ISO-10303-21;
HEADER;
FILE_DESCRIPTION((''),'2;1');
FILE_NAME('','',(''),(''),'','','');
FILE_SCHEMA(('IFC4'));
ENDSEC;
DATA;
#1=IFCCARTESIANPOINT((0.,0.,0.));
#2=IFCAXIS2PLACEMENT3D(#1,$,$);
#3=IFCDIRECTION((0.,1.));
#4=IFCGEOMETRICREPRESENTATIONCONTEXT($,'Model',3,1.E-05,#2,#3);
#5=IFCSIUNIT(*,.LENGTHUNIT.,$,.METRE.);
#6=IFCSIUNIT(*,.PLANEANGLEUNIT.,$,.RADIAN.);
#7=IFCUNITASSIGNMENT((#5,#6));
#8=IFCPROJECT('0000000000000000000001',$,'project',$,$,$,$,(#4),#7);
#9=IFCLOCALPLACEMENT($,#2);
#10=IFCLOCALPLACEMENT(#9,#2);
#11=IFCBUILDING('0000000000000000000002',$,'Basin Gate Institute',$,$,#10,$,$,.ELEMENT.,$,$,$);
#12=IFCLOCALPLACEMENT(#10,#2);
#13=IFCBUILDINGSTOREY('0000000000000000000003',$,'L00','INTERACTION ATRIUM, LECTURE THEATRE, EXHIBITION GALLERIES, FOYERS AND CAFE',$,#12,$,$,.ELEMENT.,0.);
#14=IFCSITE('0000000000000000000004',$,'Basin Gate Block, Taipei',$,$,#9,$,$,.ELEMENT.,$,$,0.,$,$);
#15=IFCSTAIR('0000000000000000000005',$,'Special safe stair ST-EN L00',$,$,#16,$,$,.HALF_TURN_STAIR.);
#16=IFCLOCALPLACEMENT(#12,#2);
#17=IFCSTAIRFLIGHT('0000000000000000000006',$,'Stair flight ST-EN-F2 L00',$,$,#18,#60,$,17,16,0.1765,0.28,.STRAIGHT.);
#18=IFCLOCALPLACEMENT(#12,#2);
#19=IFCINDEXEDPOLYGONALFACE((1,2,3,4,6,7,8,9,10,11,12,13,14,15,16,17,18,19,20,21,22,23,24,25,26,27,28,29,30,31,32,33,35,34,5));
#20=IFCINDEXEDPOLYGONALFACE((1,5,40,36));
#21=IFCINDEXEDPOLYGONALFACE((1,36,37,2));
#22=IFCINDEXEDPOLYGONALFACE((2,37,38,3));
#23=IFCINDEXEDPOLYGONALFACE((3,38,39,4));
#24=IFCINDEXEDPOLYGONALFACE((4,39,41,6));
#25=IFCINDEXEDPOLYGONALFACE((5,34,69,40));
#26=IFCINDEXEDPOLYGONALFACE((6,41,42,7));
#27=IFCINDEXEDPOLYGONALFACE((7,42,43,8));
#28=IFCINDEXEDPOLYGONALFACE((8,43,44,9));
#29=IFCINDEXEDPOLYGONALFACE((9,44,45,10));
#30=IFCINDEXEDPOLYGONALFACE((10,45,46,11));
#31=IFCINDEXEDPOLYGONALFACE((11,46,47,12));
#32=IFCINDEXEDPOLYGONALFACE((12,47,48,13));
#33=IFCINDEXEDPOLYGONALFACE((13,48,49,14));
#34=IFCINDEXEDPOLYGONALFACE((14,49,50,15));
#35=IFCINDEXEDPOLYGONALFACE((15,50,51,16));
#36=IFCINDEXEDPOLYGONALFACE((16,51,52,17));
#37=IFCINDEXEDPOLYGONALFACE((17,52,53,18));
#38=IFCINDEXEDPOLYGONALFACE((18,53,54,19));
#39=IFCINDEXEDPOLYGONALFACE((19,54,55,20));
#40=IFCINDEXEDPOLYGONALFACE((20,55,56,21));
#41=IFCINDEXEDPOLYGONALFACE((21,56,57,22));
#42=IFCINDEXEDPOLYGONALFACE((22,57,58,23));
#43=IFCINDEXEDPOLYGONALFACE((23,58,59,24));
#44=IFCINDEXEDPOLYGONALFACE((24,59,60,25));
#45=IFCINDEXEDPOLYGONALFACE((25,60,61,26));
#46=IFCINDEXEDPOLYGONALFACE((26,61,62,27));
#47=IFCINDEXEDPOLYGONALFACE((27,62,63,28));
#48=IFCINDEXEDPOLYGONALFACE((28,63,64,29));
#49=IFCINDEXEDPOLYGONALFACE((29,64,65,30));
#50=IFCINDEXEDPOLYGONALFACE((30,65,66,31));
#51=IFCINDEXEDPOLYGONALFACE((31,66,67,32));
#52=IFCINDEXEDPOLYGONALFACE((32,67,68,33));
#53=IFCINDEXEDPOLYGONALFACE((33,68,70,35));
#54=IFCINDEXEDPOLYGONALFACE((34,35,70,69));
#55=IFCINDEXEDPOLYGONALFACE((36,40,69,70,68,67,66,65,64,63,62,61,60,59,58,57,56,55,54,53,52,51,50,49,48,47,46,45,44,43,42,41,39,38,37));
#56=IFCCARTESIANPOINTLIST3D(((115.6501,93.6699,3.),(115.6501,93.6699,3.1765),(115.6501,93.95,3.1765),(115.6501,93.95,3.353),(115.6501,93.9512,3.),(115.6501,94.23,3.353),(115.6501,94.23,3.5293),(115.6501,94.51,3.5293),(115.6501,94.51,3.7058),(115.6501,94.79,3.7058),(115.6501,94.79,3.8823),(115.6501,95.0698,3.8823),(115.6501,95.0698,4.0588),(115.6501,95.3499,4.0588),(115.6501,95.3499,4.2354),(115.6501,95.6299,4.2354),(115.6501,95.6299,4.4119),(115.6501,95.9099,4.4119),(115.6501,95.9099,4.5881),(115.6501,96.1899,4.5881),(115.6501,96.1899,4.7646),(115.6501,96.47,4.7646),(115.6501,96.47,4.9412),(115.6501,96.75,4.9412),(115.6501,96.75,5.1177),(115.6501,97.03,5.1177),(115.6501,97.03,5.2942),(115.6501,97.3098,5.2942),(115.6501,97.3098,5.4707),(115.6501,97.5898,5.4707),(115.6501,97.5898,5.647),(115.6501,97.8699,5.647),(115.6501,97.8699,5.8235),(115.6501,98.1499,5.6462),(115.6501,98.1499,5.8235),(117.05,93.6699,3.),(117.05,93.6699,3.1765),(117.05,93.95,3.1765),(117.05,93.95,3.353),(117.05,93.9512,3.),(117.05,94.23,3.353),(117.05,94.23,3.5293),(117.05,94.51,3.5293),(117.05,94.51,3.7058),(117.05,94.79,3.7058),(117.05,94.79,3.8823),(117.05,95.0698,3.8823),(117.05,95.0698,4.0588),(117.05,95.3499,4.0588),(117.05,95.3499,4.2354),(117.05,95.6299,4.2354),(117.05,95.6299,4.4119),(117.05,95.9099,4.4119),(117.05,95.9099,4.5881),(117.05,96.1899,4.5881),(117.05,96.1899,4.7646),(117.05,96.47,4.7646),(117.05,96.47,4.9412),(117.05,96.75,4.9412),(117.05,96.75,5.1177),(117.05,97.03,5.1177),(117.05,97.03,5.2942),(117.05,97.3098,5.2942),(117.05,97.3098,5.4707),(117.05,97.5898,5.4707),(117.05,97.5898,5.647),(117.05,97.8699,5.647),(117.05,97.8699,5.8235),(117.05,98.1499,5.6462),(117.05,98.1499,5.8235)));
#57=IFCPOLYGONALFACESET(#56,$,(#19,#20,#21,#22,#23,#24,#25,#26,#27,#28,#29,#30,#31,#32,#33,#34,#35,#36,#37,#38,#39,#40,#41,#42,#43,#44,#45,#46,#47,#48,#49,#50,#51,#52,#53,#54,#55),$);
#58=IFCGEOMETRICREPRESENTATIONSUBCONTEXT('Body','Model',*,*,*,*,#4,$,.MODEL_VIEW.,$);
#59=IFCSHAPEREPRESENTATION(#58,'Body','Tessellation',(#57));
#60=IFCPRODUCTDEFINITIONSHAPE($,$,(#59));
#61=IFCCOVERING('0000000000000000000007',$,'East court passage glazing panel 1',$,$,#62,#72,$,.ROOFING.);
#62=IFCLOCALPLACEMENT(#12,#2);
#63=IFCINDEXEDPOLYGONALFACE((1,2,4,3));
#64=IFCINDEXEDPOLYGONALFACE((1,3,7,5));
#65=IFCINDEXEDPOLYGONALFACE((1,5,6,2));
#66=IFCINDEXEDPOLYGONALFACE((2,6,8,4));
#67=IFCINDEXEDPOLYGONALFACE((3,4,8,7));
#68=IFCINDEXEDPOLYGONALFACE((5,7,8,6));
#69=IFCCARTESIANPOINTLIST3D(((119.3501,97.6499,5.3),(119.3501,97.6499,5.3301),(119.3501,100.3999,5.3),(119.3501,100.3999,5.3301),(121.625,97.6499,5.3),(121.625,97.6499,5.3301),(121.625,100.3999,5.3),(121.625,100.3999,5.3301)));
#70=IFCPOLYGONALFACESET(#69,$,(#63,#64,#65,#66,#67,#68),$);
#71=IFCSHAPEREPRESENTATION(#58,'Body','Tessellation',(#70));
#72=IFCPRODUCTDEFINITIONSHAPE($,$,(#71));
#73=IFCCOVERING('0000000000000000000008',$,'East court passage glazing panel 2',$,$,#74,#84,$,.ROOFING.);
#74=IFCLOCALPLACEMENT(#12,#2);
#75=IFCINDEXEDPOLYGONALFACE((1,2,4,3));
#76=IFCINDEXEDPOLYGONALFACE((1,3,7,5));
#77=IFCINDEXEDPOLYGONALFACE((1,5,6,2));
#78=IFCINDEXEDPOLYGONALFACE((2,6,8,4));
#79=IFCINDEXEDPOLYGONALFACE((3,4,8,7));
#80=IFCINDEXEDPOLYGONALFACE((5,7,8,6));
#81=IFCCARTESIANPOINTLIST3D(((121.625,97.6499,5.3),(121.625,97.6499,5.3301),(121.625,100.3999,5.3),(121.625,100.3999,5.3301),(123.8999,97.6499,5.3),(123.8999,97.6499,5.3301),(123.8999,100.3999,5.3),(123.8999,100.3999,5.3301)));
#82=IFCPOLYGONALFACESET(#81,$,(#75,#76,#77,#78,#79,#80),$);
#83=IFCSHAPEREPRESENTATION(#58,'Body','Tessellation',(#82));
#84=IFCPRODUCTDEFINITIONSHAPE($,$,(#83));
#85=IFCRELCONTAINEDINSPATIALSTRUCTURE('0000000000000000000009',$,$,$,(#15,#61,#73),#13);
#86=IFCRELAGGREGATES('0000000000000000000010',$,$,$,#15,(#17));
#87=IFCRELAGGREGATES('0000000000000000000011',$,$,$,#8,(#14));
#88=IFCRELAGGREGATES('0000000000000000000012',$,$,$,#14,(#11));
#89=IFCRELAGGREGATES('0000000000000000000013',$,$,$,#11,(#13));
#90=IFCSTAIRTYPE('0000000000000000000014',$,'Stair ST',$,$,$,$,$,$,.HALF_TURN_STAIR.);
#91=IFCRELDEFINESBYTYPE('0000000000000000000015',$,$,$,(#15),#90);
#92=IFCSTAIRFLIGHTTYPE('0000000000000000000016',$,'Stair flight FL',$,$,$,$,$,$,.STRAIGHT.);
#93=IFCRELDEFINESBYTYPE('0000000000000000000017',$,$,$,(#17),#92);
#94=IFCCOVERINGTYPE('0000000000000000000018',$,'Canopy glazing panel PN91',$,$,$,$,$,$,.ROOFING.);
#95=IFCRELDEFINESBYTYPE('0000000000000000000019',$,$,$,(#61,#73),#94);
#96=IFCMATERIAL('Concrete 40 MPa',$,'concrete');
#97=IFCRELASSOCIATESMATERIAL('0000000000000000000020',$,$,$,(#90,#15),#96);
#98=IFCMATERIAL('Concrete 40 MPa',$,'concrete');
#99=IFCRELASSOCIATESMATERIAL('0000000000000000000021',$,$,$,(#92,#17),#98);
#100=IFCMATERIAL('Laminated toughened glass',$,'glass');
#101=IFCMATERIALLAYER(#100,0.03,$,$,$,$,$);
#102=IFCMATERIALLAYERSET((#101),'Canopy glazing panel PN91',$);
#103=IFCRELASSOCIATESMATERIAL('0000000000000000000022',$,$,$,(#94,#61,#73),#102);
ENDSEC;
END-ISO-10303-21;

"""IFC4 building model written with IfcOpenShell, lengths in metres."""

from ifc_helpers import new_model, si_unit, direction, frame, origin, place, context, subcontext, project, spatial, polyline, outline, extrude, material, layer, layer_set, type_object, element, aggregate, save


model = new_model("IFC4")

# Units and contexts
model_context = context("Model", 3, precision=1e-05, world=origin(), true_north=direction((0.0, 1.0)))
body_context = subcontext(model_context, "Body", "Model", "MODEL_VIEW")
ifc_project = project(units=[si_unit("LENGTHUNIT", "METRE"), si_unit("PLANEANGLEUNIT", "RADIAN")], contexts=[model_context])

# Site, building, storey
site_placement = place(None, origin())
site = spatial("IfcSite", under=ifc_project, at=site_placement, Name="Basin Gate Block, Taipei", CompositionType="ELEMENT", RefElevation=0.0)
building_placement = place(site_placement, origin())
building = spatial("IfcBuilding", under=site, at=building_placement, Name="Basin Gate Institute", CompositionType="ELEMENT")
storey_placement = place(building_placement, origin())
storey = spatial("IfcBuildingStorey", under=building, at=storey_placement, Name="L00", Description="INTERACTION ATRIUM, LECTURE THEATRE, EXHIBITION GALLERIES, FOYERS AND CAFE", CompositionType="ELEMENT", Elevation=0.0)

# Stair, stair flight
ifc_material_1 = material(Name="Concrete 40 MPa", Category="concrete")
stair_type = type_object("IfcStairType", Name="Stair ST", PredefinedType="HALF_TURN_STAIR", material=ifc_material_1)
stair_placement = place(storey_placement, origin())
stair = element("IfcStair", 1, at=stair_placement, inside=storey, type_object=stair_type, material=ifc_material_1, Name="Special safe stair ST-EN L00", PredefinedType="HALF_TURN_STAIR")
ifc_material_2 = material(Name="Concrete 40 MPa", Category="concrete")
stair_flight_type = type_object("IfcStairFlightType", Name="Stair flight FL", PredefinedType="STRAIGHT", material=ifc_material_2)
stair_flight_1_placement = place(storey_placement, frame((116.3501, 93.6699, 3.0), z_axis=(0.0, 0.0, 1.0), x_axis=(0.0, 1.0, 0.0)))
stair_flight_1 = element("IfcStairFlight", 2, at=stair_flight_1_placement, type_object=stair_flight_type, material=ifc_material_2, Name="Stair flight ST-EN-F2 L00", NumberOfRisers=17, NumberOfTreads=16, PredefinedType="STRAIGHT", RiserHeight=0.1765, TreadLength=0.28, context=body_context, shape_type="SweptSolid", body=[
    extrude(outline(polyline([(0.0, 0.0), (0.0, 0.1765), (0.28, 0.1765), (0.28, 0.353), (0.5601, 0.353), (0.5601, 0.5293), (0.8401, 0.5293), (0.8401, 0.7058), (1.1201, 0.7058), (1.1201, 0.8823), (1.3999, 0.8823), (1.3999, 1.0588), (1.6799, 1.0588), (1.6799, 1.2354), (1.96, 1.2354), (1.96, 1.4119), (2.24, 1.4119), (2.24, 1.5881), (2.52, 1.5881), (2.52, 1.7646), (2.8, 1.7646), (2.8, 1.9412), (3.0801, 1.9412), (3.0801, 2.1177), (3.3601, 2.1177), (3.3601, 2.2942), (3.6399, 2.2942), (3.6399, 2.4707), (3.9199, 2.4707), (3.9199, 2.647), (4.2, 2.647), (4.2, 2.8235), (4.48, 2.8235), (4.48, 3.0), (4.48, 2.6462), (0.2812, 0.0), (0.0, 0.0)])), frame((0.0, 0.7, 0.0), z_axis=(0.0, -1.0, 0.0), x_axis=(1.0, 0.0, 0.0)), (0.0, 0.0, 1.0), 1.3999),
])
aggregate(stair, [stair_flight_1])

# Coverings
ifc_material_3 = material(Name="Laminated toughened glass", Category="glass")
ifc_layer_1 = layer(ifc_material_3, 0.03)
ifc_layer_set_1 = layer_set([ifc_layer_1], Name="Canopy glazing panel PN91")
covering_type = type_object("IfcCoveringType", Name="Canopy glazing panel PN91", PredefinedType="ROOFING", material=ifc_layer_set_1)
for number, where, z_axis, x_axis, name in (
    (3, (119.3501, 97.6499, 5.3301), (0.0, 0.0, 1.0), (1.0, 0.0, 0.0), "East court passage glazing panel 1"),
    (4, (121.625, 97.6499, 5.3301), (0.0, 0.0, 1.0), (1.0, 0.0, 0.0), "East court passage glazing panel 2"),
):
    element("IfcCovering", number, at=place(storey_placement, frame(where, z_axis=z_axis, x_axis=x_axis)), inside=storey, type_object=covering_type, material=ifc_layer_set_1, Name=name, PredefinedType="ROOFING", context=body_context, shape_type="SweptSolid", body=[
        extrude(outline(polyline([(0.0, 0.0), (2.2749, 0.0), (2.2749, 2.75), (0.0, 2.75), (0.0, 0.0)])), origin(), (0.0, 0.0, -1.0), 0.03),
    ])

save(model, "model.ifc")
